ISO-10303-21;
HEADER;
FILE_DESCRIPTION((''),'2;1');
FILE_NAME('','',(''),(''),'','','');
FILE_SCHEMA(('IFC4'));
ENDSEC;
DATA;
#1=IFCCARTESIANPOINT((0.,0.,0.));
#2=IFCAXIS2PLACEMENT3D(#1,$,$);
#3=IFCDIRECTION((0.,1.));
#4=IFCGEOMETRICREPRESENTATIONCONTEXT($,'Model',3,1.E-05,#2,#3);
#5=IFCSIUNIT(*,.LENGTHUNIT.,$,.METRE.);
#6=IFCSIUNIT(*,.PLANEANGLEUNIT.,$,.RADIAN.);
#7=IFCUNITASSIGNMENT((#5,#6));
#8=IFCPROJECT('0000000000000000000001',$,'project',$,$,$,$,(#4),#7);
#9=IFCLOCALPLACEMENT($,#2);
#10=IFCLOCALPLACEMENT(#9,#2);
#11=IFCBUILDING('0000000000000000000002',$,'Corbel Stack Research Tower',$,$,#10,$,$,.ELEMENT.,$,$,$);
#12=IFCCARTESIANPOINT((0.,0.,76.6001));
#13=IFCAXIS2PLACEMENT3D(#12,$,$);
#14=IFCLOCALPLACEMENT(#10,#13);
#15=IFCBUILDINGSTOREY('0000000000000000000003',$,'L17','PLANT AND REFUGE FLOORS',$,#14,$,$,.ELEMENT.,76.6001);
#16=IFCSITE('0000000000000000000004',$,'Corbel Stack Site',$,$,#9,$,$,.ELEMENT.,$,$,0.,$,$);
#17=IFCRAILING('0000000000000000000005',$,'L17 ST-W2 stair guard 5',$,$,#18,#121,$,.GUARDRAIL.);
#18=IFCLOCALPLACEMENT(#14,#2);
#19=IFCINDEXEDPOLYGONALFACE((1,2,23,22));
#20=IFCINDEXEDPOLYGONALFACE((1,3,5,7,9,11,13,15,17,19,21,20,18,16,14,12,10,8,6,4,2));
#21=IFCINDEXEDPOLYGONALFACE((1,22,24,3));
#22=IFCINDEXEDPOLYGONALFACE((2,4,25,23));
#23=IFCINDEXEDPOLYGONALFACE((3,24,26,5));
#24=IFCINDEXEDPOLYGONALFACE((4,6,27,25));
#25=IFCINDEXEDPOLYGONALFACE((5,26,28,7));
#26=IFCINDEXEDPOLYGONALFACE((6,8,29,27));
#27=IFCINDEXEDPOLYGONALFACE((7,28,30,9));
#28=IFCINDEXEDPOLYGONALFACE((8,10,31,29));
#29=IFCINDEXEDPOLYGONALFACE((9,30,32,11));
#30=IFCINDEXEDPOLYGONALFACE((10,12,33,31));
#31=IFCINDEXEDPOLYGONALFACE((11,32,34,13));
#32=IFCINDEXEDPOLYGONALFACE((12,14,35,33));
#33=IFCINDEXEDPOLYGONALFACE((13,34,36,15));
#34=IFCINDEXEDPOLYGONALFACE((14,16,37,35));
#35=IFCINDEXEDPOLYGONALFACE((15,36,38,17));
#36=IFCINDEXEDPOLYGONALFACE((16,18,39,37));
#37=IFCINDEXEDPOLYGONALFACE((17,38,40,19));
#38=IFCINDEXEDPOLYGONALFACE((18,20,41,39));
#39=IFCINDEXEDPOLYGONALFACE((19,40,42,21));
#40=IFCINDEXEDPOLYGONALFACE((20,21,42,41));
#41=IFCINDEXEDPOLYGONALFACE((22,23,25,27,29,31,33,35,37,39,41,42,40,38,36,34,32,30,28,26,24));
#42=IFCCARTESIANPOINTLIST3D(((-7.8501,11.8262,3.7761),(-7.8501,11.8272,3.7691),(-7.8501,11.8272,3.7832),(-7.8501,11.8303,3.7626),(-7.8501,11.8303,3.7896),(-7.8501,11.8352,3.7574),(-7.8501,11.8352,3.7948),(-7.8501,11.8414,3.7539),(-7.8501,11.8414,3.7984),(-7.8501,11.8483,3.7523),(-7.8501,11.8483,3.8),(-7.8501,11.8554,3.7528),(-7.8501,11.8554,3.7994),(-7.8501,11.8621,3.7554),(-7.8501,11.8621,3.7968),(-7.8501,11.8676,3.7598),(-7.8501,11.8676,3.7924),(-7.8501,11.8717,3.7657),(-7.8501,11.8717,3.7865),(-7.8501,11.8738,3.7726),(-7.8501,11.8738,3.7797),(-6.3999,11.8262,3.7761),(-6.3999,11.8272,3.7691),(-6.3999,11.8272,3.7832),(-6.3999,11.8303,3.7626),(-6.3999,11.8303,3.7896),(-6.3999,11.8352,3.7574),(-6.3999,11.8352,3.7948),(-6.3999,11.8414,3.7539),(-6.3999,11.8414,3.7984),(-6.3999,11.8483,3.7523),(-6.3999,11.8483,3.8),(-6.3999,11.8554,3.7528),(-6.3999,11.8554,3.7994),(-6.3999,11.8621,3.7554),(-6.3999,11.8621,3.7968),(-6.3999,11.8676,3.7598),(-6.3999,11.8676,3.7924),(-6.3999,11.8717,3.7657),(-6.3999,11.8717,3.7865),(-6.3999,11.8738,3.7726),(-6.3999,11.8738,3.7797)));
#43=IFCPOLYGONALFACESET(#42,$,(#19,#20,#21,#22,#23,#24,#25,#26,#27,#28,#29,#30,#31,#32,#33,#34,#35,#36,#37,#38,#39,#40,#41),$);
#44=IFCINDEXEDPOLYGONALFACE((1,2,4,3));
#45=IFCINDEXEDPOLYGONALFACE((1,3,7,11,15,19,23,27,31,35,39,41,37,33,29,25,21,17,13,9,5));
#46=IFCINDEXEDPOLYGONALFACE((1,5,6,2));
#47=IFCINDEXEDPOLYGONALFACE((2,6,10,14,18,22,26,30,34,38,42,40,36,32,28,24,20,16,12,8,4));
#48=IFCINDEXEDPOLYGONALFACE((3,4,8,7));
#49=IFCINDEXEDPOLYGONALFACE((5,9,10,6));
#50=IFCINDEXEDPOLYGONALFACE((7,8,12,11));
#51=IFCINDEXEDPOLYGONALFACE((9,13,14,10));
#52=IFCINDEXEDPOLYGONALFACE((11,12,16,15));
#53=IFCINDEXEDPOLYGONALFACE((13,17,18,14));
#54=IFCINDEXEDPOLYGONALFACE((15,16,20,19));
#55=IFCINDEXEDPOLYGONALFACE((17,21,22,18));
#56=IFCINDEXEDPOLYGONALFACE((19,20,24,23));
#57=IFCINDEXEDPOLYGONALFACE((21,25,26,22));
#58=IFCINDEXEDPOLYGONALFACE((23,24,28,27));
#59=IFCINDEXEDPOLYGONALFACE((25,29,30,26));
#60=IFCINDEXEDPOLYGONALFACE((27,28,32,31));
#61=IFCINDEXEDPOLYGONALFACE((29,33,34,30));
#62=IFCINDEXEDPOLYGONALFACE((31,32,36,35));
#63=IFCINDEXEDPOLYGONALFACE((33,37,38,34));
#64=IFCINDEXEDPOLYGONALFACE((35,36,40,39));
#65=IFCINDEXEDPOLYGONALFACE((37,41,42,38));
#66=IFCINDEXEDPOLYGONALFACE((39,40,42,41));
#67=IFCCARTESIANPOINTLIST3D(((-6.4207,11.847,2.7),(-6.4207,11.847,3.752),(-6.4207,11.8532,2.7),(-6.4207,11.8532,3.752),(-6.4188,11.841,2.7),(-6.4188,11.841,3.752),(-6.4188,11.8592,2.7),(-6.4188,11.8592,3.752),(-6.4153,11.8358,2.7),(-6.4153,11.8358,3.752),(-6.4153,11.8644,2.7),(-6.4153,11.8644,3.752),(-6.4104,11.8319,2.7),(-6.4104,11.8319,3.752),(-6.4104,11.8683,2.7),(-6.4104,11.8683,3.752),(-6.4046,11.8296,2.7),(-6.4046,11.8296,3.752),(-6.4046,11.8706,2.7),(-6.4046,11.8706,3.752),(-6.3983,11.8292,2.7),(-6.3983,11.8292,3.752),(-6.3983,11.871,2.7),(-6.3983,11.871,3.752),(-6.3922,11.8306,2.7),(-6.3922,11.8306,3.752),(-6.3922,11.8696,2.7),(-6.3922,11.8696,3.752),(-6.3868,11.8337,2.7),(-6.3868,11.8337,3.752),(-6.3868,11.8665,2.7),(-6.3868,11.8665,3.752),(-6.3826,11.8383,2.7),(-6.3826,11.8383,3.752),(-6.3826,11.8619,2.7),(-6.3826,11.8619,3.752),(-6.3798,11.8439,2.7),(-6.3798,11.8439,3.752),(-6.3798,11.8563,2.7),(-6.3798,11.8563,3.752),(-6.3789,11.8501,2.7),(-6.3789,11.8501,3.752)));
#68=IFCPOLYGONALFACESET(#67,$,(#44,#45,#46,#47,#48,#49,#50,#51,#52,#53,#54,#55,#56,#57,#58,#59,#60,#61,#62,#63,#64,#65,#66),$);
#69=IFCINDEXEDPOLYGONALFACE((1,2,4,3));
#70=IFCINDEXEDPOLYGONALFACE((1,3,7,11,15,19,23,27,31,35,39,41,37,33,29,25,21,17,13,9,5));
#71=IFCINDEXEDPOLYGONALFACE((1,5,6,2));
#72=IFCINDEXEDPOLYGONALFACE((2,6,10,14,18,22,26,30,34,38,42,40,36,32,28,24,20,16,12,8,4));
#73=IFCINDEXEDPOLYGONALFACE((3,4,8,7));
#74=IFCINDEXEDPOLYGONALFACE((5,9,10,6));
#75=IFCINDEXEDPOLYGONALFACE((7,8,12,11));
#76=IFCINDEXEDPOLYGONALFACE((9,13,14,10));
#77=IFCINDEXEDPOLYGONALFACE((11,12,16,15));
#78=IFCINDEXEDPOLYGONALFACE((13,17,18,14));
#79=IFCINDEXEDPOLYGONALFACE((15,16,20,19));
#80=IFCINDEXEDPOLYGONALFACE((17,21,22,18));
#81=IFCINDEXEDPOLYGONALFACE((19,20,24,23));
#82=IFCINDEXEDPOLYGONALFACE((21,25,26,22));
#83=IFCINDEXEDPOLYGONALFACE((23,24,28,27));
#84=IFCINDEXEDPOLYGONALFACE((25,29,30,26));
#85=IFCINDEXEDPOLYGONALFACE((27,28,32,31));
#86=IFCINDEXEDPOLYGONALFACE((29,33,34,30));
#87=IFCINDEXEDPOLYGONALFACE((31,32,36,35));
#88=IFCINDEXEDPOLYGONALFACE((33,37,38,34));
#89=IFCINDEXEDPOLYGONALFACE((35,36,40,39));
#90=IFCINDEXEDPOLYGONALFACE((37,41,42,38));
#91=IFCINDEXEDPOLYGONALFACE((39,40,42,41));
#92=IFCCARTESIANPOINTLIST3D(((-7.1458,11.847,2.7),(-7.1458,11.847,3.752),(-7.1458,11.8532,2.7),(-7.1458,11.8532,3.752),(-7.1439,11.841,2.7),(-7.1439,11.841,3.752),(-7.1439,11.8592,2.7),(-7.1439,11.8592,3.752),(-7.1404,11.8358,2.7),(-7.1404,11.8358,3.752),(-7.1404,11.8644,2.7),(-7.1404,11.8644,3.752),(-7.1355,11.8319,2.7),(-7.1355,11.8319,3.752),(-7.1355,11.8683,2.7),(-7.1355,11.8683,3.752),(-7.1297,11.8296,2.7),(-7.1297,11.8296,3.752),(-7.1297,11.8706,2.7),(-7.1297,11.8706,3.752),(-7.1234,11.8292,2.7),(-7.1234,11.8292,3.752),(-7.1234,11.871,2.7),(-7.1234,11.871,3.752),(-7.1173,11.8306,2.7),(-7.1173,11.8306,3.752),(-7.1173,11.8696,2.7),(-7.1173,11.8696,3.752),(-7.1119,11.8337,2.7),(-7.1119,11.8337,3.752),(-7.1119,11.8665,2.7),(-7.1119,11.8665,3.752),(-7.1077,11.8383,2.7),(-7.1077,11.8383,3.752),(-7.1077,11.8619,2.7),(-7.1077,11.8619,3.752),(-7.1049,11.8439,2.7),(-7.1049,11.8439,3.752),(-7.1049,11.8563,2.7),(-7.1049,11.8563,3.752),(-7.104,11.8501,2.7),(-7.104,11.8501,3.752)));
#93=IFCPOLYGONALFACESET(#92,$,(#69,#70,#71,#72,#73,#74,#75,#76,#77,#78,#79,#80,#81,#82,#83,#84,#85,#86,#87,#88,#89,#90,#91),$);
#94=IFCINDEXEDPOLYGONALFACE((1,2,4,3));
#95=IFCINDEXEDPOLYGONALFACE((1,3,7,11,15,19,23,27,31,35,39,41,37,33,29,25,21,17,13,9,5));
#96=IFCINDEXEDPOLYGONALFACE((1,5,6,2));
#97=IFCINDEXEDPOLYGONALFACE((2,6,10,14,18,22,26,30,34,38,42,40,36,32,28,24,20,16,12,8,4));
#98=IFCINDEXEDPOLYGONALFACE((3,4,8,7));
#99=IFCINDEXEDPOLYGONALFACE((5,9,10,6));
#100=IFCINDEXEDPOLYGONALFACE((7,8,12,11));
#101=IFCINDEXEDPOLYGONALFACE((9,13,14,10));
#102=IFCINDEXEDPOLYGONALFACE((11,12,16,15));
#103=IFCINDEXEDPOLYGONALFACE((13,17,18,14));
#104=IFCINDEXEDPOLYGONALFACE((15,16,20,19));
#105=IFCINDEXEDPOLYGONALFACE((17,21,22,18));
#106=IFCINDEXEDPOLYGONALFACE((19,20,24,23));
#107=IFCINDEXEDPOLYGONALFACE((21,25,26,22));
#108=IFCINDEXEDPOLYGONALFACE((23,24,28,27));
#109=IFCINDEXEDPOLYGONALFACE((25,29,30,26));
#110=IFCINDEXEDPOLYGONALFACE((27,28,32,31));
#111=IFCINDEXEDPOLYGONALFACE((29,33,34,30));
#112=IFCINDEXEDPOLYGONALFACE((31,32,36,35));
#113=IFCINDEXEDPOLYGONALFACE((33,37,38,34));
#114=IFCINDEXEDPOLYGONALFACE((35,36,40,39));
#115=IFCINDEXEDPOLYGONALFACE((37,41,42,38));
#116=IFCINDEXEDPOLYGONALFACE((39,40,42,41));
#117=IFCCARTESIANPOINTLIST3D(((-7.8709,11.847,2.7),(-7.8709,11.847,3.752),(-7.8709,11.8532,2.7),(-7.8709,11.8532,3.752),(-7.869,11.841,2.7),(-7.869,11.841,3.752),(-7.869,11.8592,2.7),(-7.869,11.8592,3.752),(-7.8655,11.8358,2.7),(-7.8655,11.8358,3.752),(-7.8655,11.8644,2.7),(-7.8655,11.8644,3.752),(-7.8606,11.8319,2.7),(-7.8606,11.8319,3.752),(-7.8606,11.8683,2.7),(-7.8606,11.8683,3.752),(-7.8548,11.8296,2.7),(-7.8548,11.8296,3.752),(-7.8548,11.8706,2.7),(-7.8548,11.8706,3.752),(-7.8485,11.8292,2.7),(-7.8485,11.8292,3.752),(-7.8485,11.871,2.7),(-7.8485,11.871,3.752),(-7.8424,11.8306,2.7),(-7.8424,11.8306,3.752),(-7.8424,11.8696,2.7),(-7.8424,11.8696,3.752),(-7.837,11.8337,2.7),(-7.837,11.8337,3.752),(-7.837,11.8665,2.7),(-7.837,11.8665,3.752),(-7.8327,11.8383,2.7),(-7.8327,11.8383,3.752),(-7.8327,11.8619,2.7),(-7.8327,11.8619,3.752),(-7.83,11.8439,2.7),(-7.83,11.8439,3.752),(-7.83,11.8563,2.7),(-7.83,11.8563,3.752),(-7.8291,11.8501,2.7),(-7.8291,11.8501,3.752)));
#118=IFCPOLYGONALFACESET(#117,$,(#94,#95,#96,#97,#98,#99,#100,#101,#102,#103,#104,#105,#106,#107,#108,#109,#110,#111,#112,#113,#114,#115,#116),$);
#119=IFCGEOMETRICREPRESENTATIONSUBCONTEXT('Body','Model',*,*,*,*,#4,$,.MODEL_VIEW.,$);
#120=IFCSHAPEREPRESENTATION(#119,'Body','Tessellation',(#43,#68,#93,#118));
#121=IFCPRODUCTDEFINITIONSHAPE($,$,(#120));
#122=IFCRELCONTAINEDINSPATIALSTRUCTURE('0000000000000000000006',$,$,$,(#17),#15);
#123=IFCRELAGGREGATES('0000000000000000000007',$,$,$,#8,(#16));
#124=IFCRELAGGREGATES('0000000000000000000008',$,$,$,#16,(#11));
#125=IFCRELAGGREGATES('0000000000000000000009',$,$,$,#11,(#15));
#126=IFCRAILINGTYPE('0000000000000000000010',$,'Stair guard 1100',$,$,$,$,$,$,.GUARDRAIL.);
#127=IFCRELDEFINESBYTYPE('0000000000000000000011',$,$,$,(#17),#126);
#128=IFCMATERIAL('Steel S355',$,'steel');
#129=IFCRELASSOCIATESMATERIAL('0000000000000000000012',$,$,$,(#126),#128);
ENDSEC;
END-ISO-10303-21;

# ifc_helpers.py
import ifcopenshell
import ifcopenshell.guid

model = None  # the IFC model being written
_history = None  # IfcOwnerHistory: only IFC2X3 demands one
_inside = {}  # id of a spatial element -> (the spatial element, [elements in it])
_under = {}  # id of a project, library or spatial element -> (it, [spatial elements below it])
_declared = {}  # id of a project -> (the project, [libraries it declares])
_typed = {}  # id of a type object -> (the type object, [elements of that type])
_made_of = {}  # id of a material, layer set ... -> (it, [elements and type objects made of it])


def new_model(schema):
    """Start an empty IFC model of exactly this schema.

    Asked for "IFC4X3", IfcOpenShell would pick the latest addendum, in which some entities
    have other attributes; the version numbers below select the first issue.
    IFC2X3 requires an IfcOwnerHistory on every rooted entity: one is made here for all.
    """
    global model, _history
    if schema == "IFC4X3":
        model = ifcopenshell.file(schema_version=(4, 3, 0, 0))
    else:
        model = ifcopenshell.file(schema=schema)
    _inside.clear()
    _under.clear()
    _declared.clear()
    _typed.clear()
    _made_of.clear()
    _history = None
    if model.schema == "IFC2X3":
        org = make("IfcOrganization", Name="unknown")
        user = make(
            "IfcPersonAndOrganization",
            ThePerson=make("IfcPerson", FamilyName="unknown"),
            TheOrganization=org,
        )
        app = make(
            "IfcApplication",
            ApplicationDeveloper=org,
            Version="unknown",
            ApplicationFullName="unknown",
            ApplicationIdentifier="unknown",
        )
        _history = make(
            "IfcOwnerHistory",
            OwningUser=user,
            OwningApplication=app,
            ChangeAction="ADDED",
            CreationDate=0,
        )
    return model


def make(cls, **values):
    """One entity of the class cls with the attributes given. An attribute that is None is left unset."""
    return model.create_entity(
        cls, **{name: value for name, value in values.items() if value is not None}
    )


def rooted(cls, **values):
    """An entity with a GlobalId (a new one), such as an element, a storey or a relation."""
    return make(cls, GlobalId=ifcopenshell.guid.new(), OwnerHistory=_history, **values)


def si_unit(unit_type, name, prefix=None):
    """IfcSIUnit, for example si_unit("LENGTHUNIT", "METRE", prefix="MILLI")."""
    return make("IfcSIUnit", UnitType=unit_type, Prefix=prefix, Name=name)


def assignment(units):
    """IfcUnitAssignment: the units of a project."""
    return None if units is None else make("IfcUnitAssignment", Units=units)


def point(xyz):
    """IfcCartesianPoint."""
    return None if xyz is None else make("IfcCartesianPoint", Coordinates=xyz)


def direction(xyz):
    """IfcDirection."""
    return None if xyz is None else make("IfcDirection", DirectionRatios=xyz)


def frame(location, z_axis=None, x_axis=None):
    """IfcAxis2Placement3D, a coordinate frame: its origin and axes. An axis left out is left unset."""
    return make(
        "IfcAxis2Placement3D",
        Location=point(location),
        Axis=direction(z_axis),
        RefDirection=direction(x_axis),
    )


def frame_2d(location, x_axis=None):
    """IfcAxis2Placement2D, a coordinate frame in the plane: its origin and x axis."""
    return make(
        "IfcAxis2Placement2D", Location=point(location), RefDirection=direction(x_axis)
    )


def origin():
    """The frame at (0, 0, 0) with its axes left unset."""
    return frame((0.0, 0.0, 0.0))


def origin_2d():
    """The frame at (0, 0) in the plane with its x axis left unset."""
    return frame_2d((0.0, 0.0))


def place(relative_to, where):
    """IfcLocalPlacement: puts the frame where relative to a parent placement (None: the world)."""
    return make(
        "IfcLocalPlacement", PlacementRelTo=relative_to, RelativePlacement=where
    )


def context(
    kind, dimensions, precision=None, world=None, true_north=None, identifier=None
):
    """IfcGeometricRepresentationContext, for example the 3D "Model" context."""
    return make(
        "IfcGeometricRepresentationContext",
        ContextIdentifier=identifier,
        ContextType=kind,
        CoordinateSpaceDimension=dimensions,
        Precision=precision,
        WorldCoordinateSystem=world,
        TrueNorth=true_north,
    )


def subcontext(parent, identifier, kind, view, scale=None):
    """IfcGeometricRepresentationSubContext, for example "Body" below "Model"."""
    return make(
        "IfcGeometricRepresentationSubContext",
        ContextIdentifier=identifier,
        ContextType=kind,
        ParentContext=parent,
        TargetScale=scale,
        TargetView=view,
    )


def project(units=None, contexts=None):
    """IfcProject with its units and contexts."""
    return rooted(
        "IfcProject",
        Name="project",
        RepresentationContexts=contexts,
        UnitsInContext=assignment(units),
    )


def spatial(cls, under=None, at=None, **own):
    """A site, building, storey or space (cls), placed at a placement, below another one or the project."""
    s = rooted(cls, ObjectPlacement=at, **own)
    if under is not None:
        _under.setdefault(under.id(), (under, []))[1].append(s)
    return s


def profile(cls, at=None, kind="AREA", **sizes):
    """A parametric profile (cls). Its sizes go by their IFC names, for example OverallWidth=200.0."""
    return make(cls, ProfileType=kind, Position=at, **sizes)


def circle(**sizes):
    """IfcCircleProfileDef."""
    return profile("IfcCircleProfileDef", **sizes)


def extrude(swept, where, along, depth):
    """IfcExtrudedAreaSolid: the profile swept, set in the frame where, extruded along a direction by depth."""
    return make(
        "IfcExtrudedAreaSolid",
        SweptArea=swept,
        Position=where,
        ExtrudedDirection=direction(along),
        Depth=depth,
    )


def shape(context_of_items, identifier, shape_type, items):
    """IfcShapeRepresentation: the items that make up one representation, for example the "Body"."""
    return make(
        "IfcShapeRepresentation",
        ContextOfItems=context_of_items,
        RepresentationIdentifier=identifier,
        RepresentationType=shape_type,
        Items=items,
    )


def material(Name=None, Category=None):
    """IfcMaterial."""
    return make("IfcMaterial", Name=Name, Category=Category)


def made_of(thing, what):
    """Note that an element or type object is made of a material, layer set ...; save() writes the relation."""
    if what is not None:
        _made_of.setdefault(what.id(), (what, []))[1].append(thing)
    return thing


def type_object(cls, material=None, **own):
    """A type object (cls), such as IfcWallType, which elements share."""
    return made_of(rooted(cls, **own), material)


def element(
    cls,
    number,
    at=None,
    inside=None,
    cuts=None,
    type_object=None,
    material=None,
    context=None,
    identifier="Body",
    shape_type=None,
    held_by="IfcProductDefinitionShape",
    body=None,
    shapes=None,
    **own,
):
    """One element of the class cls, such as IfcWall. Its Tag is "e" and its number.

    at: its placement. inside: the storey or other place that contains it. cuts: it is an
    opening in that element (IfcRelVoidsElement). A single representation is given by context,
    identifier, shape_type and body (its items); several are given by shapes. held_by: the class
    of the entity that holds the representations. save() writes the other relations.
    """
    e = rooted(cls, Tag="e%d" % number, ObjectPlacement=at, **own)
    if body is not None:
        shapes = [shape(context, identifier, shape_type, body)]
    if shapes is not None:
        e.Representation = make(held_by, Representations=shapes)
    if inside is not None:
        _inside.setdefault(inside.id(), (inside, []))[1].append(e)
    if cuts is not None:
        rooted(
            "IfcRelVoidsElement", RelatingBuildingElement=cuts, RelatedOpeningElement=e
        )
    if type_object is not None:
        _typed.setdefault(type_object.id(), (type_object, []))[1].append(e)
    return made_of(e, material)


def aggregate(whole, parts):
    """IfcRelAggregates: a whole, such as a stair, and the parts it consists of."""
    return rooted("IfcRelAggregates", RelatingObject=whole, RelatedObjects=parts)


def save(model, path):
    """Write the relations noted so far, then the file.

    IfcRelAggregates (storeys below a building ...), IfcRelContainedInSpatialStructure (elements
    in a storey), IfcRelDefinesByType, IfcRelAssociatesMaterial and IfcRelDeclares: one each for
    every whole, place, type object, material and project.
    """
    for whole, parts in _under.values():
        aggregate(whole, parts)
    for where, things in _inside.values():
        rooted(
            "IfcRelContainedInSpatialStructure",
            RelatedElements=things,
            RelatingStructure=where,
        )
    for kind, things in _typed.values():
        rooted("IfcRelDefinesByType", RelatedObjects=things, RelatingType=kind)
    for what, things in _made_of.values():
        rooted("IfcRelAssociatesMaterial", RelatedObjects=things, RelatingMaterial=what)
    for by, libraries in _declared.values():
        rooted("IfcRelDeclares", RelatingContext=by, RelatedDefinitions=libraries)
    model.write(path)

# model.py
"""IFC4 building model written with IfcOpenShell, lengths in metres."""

from ifc_helpers import new_model, si_unit, direction, frame, origin, origin_2d, place, context, subcontext, project, spatial, circle, extrude, material, type_object, element, save


model = new_model("IFC4")

# Units and contexts
model_context = context("Model", 3, precision=1e-05, world=origin(), true_north=direction((0.0, 1.0)))
body_context = subcontext(model_context, "Body", "Model", "MODEL_VIEW")
ifc_project = project(units=[si_unit("LENGTHUNIT", "METRE"), si_unit("PLANEANGLEUNIT", "RADIAN")], contexts=[model_context])

# Site, building, storey
site_placement = place(None, origin())
site = spatial("IfcSite", under=ifc_project, at=site_placement, Name="Corbel Stack Site", CompositionType="ELEMENT", RefElevation=0.0)
building_placement = place(site_placement, origin())
building = spatial("IfcBuilding", under=site, at=building_placement, Name="Corbel Stack Research Tower", CompositionType="ELEMENT")
storey_placement = place(building_placement, frame((0.0, 0.0, 76.6001)))
storey = spatial("IfcBuildingStorey", under=building, at=storey_placement, Name="L17", Description="PLANT AND REFUGE FLOORS", CompositionType="ELEMENT", Elevation=76.6001)

# Railing
ifc_material_1 = material(Name="Steel S355", Category="steel")
railing_type_1 = type_object("IfcRailingType", Name="Stair guard 1100", PredefinedType="GUARDRAIL", material=ifc_material_1)
railing_1_placement = place(storey_placement, frame((-6.3999, 11.8501, 2.7)))
element("IfcRailing", 1, at=railing_1_placement, inside=storey, type_object=railing_type_1, Name="L17 ST-W2 stair guard 5", PredefinedType="GUARDRAIL", context=body_context, shape_type="SweptSolid", body=[
    extrude(circle(Radius=0.0239, at=origin_2d()), frame((0.0, 0.0, 1.0762), z_axis=(-1.0, 0.0, 0.0), x_axis=(0.0, -1.0, 0.0)), (0.0, 0.0, 1.0), 1.4502),
    extrude(circle(Radius=0.021, at=origin_2d()), origin(), (0.0, 0.0, 1.0), 1.052),
    extrude(circle(Radius=0.021, at=origin_2d()), frame((-0.7251, 0.0, 0.0)), (0.0, 0.0, 1.0), 1.052),
    extrude(circle(Radius=0.021, at=origin_2d()), frame((-1.4502, 0.0, 0.0)), (0.0, 0.0, 1.0), 1.052),
])

save(model, "model.ifc")
